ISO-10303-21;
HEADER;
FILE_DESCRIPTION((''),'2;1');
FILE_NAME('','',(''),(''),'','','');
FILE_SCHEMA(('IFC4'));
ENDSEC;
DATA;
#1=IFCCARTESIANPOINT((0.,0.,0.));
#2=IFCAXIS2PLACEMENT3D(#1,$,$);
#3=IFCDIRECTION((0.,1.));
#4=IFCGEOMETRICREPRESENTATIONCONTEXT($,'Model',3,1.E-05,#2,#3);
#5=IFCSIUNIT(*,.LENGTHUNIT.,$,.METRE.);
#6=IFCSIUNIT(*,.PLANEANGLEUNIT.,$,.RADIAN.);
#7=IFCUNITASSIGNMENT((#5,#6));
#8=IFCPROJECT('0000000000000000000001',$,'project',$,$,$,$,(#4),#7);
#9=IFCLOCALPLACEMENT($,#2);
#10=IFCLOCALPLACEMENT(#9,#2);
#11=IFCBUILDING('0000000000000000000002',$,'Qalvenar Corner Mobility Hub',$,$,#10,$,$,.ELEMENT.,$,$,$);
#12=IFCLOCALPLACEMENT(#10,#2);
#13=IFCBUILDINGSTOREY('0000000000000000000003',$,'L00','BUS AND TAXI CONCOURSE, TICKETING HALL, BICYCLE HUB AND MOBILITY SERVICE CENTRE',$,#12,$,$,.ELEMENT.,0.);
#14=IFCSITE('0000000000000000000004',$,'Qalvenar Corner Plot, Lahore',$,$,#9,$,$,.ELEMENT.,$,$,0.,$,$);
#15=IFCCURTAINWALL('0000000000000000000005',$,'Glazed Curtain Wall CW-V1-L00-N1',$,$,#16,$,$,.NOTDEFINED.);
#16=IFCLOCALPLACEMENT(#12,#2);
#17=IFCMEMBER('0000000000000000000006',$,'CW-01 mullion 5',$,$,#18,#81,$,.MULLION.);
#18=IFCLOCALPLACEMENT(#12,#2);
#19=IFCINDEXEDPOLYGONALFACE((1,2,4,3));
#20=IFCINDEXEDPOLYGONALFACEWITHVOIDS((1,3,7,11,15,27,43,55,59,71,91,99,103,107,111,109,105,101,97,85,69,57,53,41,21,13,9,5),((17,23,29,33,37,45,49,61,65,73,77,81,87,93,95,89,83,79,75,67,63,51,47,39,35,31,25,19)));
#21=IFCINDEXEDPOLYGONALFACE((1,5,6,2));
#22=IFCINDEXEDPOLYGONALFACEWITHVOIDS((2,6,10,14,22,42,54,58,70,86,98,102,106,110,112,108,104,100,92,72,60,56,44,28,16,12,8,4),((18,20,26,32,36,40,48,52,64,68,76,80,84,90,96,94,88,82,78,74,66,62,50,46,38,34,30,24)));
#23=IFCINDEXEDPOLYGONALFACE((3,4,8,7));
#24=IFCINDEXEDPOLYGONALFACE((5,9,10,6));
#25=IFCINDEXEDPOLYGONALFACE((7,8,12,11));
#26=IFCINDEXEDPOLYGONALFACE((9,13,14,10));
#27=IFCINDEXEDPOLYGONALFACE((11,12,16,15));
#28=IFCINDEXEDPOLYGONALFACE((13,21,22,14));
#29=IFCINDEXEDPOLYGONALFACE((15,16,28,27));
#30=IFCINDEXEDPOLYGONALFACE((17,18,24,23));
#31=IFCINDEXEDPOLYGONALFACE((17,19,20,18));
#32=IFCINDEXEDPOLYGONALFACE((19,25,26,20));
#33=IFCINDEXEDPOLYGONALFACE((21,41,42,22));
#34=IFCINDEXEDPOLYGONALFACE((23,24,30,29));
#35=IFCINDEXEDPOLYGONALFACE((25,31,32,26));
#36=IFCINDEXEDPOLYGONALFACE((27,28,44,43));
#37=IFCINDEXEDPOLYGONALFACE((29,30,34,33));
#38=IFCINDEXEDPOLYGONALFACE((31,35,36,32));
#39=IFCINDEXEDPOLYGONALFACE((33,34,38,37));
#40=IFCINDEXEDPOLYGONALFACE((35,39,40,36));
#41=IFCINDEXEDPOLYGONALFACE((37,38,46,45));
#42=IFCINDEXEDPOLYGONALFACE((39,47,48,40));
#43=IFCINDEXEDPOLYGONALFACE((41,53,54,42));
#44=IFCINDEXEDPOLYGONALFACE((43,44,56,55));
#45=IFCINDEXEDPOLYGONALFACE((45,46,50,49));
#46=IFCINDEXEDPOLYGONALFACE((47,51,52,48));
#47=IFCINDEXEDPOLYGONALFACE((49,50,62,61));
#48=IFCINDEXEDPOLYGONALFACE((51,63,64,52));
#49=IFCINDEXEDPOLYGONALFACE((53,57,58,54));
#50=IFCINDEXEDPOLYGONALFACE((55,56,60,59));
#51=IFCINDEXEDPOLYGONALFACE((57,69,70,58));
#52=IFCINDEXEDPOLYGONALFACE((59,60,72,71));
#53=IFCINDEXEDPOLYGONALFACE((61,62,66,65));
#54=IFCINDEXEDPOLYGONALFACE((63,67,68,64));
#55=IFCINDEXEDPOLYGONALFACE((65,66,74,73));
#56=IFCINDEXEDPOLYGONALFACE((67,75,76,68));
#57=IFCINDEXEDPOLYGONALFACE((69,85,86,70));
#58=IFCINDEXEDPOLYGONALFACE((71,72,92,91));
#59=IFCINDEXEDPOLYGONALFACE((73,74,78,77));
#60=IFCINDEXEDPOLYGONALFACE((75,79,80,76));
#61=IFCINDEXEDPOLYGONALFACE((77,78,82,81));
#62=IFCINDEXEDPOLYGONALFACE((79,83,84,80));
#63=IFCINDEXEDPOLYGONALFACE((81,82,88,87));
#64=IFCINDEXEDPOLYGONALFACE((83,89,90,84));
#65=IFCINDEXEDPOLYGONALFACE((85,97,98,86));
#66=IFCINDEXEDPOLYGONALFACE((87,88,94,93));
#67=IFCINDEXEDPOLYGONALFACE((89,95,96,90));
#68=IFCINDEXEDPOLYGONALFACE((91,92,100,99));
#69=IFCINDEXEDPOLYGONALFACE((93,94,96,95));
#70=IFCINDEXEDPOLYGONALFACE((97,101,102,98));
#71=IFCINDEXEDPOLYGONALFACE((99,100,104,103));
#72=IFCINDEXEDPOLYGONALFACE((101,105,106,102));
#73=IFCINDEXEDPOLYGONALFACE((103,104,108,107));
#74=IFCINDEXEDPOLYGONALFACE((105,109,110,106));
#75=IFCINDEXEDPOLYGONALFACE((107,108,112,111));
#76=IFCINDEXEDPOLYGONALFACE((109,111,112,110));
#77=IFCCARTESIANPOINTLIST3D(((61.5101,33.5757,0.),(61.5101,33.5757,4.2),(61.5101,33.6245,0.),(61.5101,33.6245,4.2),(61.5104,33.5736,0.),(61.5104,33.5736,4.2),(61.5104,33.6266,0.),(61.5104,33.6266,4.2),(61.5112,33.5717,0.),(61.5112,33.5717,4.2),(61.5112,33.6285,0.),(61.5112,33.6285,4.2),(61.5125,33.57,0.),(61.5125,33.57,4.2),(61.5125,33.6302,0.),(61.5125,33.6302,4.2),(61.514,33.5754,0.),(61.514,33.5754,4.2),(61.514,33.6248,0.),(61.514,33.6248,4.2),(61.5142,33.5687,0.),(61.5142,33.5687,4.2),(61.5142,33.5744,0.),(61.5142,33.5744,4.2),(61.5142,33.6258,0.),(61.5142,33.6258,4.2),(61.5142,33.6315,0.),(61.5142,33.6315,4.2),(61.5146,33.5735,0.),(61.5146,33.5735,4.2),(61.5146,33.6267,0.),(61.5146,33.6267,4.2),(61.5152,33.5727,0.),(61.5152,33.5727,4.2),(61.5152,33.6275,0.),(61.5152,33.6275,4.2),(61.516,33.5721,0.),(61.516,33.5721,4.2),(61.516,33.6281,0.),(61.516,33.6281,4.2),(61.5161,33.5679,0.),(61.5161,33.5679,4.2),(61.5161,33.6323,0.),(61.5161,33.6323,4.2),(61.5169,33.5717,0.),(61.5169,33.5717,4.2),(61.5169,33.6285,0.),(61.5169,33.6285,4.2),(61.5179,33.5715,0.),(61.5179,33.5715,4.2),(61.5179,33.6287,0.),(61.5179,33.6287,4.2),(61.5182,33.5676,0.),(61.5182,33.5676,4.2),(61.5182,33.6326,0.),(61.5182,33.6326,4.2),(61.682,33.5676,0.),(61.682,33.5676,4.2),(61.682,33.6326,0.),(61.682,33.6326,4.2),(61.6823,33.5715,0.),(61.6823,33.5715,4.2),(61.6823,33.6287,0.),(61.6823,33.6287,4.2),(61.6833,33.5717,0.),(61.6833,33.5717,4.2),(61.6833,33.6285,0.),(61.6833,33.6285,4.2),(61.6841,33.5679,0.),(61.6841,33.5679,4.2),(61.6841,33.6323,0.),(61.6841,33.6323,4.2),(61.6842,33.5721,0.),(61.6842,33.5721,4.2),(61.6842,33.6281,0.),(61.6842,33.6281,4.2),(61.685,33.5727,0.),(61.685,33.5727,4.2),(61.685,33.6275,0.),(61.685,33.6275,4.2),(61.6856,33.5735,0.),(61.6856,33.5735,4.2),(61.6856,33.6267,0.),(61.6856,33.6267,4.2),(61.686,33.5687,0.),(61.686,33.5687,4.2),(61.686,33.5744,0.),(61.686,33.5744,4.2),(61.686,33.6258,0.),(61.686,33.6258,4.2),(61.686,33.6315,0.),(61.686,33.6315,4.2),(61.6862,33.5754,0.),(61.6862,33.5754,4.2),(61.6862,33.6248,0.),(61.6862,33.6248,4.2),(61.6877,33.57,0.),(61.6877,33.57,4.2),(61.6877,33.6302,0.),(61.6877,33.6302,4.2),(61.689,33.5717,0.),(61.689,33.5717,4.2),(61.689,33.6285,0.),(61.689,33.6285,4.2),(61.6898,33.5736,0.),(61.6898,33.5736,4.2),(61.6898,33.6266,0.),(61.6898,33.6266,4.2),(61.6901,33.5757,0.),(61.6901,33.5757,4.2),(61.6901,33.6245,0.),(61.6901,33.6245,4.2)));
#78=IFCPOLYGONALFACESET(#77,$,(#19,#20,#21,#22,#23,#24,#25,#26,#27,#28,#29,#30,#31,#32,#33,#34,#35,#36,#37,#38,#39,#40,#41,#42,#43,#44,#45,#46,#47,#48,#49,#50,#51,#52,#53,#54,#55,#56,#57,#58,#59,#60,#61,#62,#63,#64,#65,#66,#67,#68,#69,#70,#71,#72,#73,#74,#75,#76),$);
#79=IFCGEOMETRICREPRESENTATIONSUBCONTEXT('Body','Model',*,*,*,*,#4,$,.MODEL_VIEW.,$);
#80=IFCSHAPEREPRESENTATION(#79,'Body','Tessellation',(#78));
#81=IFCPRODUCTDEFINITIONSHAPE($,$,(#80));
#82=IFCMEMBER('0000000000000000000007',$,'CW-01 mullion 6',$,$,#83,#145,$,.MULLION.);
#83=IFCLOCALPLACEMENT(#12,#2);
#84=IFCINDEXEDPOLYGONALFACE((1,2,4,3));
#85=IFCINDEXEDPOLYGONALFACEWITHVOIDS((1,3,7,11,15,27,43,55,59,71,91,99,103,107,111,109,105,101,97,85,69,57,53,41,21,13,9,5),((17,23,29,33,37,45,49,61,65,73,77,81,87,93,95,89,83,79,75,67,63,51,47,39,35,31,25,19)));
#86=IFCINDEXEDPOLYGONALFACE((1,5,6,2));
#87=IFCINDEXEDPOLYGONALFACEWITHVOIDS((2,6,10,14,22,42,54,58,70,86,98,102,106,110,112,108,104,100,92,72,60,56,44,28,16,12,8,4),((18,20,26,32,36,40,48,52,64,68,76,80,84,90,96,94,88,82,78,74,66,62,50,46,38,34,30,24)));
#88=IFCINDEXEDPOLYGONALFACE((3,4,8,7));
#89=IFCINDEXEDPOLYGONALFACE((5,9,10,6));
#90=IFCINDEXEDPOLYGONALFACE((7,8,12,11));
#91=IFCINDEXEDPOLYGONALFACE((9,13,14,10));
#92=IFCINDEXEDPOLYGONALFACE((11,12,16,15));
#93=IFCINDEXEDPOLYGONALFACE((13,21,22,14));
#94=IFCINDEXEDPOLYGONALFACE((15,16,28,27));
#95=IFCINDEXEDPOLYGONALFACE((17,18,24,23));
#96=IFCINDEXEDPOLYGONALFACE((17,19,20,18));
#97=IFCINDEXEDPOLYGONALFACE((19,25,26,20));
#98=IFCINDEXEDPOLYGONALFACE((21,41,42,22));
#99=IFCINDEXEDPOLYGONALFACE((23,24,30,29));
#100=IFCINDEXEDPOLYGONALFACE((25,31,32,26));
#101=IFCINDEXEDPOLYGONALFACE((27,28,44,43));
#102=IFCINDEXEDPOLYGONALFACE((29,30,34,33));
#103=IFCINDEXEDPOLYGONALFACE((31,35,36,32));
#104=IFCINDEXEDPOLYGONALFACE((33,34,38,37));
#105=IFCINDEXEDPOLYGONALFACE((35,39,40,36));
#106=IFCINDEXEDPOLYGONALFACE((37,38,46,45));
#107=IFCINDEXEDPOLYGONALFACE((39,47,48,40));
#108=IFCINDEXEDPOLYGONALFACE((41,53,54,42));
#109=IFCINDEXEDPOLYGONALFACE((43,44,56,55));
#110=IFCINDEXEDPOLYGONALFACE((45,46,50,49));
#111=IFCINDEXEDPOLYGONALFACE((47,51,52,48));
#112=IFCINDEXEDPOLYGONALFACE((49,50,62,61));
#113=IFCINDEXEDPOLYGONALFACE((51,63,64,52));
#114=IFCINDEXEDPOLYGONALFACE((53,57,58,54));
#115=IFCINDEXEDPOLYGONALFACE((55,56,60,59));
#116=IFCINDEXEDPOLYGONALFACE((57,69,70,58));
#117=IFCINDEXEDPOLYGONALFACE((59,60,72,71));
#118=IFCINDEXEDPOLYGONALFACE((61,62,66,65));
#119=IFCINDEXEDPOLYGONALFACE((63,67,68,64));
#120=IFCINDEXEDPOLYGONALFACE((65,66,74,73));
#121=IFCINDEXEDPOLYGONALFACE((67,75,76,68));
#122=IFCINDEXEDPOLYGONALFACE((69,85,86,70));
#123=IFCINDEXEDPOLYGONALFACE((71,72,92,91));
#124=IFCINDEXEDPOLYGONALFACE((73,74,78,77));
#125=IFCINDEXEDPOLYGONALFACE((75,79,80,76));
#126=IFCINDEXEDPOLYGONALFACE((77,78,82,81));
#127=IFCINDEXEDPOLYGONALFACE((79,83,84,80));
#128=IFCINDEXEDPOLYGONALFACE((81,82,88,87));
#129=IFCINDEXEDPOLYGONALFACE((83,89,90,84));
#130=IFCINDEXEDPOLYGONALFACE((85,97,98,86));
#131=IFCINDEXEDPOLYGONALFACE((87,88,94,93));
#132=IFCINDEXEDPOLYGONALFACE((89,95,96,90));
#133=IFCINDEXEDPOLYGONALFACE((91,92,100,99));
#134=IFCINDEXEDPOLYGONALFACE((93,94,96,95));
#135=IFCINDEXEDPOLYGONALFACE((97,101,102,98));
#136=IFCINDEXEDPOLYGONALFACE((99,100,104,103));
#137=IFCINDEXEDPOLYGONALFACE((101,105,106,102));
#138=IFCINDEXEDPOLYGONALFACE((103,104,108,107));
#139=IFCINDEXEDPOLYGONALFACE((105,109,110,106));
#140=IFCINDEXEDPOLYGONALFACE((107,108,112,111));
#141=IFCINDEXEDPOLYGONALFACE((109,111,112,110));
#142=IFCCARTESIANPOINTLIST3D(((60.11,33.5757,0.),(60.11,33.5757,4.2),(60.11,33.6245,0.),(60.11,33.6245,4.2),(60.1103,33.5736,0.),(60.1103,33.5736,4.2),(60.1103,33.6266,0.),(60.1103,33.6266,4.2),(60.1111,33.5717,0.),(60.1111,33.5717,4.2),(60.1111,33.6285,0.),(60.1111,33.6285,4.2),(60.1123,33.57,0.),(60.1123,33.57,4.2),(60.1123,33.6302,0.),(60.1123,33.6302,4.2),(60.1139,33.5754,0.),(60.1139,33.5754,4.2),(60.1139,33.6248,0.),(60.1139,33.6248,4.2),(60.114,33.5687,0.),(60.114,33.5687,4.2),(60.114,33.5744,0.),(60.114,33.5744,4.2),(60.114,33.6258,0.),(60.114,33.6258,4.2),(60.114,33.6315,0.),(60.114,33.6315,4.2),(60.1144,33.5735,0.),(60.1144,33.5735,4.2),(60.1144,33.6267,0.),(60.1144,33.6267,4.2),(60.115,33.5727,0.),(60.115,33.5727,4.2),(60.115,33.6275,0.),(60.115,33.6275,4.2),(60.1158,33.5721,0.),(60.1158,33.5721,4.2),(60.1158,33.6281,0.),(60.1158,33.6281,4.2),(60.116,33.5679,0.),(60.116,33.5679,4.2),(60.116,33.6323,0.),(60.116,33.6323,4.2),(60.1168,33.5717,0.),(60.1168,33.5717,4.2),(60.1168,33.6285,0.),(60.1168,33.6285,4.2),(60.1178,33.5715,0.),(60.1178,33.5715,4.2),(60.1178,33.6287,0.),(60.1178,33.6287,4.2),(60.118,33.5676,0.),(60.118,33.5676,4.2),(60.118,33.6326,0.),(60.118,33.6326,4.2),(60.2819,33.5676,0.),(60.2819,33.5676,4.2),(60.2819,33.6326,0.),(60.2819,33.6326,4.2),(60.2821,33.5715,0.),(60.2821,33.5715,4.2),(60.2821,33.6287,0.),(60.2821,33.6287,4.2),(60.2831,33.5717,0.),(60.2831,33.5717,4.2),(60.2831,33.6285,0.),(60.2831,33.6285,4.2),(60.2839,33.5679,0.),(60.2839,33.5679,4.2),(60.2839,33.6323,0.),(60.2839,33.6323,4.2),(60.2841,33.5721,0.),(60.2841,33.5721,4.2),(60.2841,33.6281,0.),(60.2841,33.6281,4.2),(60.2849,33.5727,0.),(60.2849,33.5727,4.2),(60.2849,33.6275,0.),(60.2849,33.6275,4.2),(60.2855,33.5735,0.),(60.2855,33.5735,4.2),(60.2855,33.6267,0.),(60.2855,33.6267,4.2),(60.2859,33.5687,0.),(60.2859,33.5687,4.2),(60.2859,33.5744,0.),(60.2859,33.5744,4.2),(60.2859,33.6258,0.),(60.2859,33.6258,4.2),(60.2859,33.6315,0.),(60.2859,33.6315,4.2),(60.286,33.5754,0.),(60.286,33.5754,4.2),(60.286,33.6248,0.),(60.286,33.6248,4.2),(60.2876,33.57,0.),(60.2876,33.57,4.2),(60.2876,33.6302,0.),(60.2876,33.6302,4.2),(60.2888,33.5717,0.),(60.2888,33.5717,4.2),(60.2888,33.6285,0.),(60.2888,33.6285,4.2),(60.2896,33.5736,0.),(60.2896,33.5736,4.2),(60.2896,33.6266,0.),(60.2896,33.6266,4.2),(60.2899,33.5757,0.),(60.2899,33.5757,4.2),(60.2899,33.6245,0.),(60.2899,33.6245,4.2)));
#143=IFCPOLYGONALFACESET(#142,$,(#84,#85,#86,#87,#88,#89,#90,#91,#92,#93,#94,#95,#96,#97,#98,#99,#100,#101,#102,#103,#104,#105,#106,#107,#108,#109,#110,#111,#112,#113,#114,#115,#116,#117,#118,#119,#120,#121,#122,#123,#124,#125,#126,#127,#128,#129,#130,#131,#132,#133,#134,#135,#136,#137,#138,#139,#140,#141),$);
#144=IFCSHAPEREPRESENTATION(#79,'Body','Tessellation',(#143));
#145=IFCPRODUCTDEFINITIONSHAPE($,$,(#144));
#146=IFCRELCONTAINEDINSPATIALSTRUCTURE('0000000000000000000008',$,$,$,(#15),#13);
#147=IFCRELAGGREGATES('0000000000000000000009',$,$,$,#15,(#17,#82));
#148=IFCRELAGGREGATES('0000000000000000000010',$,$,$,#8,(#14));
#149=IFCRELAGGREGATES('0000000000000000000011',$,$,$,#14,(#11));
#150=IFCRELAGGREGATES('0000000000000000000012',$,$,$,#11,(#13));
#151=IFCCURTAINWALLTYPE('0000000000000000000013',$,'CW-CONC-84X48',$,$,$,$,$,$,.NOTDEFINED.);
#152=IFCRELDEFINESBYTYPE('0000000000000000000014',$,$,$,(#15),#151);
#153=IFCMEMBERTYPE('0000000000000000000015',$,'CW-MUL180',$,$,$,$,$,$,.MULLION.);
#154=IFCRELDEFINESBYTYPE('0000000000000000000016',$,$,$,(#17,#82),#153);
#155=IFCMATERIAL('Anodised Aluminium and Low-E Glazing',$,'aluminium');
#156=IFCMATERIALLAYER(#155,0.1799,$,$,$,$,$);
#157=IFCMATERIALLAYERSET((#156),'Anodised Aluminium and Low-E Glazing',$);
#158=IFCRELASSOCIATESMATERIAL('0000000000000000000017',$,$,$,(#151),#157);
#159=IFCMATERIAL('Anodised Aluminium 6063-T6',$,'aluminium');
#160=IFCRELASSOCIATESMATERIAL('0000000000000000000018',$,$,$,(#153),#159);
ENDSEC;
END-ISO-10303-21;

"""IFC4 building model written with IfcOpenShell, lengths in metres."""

from ifc_helpers import new_model, si_unit, direction, frame, origin, origin_2d, place, context, subcontext, project, spatial, hollow_rectangle, extrude, material, layer, layer_set, material_profile, profile_set, type_object, element, aggregate, save


model = new_model("IFC4")

# Units and contexts
model_context = context("Model", 3, precision=1e-05, world=origin(), true_north=direction((0.0, 1.0)))
body_context = subcontext(model_context, "Body", "Model", "MODEL_VIEW")
ifc_project = project(units=[si_unit("LENGTHUNIT", "METRE"), si_unit("PLANEANGLEUNIT", "RADIAN")], contexts=[model_context])

# Site, building, storey
site_placement = place(None, origin())
site = spatial("IfcSite", under=ifc_project, at=site_placement, Name="Qalvenar Corner Plot, Lahore", CompositionType="ELEMENT", RefElevation=0.0)
building_placement = place(site_placement, origin())
building = spatial("IfcBuilding", under=site, at=building_placement, Name="Qalvenar Corner Mobility Hub", CompositionType="ELEMENT")
storey_placement = place(building_placement, origin())
storey = spatial("IfcBuildingStorey", under=building, at=storey_placement, Name="L00", Description="BUS AND TAXI CONCOURSE, TICKETING HALL, BICYCLE HUB AND MOBILITY SERVICE CENTRE", CompositionType="ELEMENT", Elevation=0.0)

# Curtain wall, members
ifc_material_1 = material(Name="Anodised Aluminium and Low-E Glazing", Category="aluminium")
ifc_layer_1 = layer(ifc_material_1, 0.1799)
ifc_layer_set_1 = layer_set([ifc_layer_1], Name="Anodised Aluminium and Low-E Glazing")
curtain_wall_type = type_object("IfcCurtainWallType", Name="CW-CONC-84X48", PredefinedType="NOTDEFINED", material=ifc_layer_set_1)
curtain_wall_placement = place(storey_placement, origin())
curtain_wall = element("IfcCurtainWall", 1, at=curtain_wall_placement, inside=storey, type_object=curtain_wall_type, Name="Glazed Curtain Wall CW-V1-L00-N1", PredefinedType="NOTDEFINED")
ifc_material_2 = material(Name="Anodised Aluminium 6063-T6", Category="aluminium")
ifc_material_profile_1 = material_profile(ifc_material_2, hollow_rectangle(XDim=0.0649, YDim=0.1799, WallThickness=0.0039, InnerFilletRadius=0.0039, OuterFilletRadius=0.0081, at=origin_2d()), Name="RHS180x65x4")
ifc_profile_set_1 = profile_set([ifc_material_profile_1], Name="Anodised Aluminium 6063-T6")
member_type_1 = type_object("IfcMemberType", Name="CW-MUL180", PredefinedType="MULLION", material=ifc_profile_set_1)
member_1_placement = place(storey_placement, frame((61.6001, 33.6001, 0.0), z_axis=(0.0, 0.0, 1.0), x_axis=(0.0, -1.0, 0.0)))
member_1 = element("IfcMember", 2, at=member_1_placement, type_object=member_type_1, Name="CW-01 mullion 5", PredefinedType="MULLION", context=body_context, shape_type="SweptSolid", body=[
    extrude(hollow_rectangle(XDim=0.0649, YDim=0.1799, WallThickness=0.0039, InnerFilletRadius=0.0039, OuterFilletRadius=0.0081, at=origin_2d()), origin(), (0.0, 0.0, 1.0), 4.2),
])
member_2_placement = place(storey_placement, frame((60.2, 33.6001, 0.0), z_axis=(0.0, 0.0, 1.0), x_axis=(0.0, -1.0, 0.0)))
member_2 = element("IfcMember", 3, at=member_2_placement, type_object=member_type_1, Name="CW-01 mullion 6", PredefinedType="MULLION", context=body_context, shape_type="SweptSolid", body=[
    extrude(hollow_rectangle(XDim=0.0649, YDim=0.1799, WallThickness=0.0039, InnerFilletRadius=0.0039, OuterFilletRadius=0.0081, at=origin_2d()), origin(), (0.0, 0.0, 1.0), 4.2),
])
aggregate(curtain_wall, [member_1, member_2])

save(model, "model.ifc")
